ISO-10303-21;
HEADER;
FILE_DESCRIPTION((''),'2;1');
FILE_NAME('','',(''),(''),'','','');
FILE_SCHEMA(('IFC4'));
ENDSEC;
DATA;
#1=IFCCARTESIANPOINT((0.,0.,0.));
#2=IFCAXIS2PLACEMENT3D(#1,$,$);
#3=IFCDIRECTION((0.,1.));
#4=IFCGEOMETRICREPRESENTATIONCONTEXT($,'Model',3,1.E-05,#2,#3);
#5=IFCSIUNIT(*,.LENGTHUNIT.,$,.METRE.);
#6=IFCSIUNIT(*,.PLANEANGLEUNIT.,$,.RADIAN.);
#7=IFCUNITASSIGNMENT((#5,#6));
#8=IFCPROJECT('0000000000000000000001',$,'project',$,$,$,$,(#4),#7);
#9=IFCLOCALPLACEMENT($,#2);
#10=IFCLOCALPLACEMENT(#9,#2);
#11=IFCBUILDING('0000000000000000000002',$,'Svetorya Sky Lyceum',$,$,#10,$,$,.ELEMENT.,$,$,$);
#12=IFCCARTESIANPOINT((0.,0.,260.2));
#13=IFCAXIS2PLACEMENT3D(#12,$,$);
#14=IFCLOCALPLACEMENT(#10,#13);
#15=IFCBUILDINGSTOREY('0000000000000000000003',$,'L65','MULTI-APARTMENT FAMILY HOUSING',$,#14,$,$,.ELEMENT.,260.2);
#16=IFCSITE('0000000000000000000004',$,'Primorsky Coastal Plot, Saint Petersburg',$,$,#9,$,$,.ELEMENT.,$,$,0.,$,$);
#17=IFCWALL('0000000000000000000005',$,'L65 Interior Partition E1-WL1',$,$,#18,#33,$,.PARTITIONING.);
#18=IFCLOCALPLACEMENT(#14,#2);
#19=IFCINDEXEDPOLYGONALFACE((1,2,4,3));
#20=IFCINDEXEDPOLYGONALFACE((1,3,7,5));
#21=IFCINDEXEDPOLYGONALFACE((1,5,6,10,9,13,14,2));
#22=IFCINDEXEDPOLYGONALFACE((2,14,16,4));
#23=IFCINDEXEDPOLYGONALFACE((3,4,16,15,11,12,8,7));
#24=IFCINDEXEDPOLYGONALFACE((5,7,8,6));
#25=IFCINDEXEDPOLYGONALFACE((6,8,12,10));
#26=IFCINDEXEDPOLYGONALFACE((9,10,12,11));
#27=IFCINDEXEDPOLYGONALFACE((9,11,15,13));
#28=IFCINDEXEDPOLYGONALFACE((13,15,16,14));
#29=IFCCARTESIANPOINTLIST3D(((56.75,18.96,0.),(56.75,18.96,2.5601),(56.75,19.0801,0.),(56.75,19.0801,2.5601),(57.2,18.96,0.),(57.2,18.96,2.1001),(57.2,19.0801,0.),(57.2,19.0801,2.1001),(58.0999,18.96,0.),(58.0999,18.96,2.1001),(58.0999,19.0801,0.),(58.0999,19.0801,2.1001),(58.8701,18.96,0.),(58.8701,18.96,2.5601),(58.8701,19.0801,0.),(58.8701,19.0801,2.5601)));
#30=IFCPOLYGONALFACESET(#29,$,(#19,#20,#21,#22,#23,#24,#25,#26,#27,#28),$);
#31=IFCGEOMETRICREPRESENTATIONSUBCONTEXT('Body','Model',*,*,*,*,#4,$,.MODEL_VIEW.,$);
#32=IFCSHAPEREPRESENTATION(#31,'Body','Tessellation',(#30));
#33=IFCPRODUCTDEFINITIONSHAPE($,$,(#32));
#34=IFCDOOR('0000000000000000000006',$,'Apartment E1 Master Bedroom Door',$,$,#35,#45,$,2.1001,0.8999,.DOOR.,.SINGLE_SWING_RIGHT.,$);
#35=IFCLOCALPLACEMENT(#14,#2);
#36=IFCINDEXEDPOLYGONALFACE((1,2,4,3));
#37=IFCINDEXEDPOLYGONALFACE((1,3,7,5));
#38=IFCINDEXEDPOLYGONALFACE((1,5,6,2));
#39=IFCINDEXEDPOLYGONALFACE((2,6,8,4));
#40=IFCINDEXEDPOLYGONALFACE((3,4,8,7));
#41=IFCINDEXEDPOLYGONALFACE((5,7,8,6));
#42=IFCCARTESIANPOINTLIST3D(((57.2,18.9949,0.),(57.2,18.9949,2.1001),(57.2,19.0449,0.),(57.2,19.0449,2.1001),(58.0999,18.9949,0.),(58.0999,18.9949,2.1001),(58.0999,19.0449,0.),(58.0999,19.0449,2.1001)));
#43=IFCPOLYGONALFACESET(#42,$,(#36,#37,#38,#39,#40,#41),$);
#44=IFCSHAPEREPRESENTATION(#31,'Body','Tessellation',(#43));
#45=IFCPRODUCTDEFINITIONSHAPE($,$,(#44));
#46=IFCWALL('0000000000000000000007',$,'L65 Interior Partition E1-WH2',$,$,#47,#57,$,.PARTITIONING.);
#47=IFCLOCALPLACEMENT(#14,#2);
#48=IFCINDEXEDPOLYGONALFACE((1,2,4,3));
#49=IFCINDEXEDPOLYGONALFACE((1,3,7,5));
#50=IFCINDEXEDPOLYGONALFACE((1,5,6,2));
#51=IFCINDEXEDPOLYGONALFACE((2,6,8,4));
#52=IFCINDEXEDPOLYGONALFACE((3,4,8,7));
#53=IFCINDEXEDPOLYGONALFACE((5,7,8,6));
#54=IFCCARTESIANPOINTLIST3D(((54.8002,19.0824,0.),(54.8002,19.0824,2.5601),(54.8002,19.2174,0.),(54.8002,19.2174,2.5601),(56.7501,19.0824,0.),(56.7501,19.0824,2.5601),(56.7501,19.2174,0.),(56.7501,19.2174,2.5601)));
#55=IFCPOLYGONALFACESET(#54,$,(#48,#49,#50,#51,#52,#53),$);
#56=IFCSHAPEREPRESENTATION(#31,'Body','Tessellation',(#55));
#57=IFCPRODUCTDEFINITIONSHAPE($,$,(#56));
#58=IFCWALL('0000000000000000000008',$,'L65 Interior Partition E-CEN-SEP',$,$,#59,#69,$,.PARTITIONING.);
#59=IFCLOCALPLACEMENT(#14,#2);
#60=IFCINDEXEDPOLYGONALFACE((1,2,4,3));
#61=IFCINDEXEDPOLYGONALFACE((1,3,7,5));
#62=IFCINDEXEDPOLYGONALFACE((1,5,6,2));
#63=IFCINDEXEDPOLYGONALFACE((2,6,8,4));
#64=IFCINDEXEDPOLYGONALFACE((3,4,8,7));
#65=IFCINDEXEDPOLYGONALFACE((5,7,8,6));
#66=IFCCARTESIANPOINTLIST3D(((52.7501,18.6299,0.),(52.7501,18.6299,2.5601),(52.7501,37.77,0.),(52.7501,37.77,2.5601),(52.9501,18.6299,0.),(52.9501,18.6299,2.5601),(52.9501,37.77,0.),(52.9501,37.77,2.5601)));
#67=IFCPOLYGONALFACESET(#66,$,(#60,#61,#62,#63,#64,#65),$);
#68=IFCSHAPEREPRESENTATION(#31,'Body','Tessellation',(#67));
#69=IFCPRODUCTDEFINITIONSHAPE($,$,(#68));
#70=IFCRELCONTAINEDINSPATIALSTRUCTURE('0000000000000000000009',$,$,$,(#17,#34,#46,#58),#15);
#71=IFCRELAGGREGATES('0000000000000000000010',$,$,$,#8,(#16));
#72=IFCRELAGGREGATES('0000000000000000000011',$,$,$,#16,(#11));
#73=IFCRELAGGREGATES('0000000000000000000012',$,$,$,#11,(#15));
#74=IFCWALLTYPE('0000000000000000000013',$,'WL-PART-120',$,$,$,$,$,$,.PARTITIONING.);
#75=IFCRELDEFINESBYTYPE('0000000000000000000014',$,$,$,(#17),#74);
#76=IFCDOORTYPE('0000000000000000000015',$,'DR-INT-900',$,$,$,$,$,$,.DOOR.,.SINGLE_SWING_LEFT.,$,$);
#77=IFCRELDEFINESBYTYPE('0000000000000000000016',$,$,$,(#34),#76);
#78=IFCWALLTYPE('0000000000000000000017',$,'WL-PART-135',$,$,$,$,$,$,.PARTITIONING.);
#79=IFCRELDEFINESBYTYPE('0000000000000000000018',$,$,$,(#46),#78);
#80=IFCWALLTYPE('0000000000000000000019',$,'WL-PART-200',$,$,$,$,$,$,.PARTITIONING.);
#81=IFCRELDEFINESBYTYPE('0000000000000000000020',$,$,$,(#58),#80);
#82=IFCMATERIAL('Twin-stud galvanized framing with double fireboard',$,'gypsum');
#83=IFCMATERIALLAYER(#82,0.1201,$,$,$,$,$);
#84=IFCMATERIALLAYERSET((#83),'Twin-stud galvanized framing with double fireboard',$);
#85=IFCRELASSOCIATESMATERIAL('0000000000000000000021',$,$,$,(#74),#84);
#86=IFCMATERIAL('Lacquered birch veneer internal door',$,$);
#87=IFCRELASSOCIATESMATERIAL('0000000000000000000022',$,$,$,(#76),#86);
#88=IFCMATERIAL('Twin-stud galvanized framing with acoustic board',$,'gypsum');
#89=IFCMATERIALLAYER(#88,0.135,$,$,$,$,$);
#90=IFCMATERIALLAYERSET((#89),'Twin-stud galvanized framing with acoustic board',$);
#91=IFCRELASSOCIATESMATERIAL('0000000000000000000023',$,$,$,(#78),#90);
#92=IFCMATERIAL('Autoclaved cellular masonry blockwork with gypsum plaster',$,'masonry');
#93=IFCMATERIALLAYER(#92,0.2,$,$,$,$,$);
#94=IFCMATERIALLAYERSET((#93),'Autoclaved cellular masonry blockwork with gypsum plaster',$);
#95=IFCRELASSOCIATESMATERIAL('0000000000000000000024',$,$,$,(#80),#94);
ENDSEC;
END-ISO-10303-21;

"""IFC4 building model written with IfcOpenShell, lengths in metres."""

from ifc_helpers import new_model, si_unit, direction, frame, frame_2d, origin, place, context, subcontext, project, spatial, rectangle, extrude, material, layer, layer_set, type_object, element, fill, save


model = new_model("IFC4")

# Units and contexts
model_context = context("Model", 3, precision=1e-05, world=origin(), true_north=direction((0.0, 1.0)))
body_context = subcontext(model_context, "Body", "Model", "MODEL_VIEW")
ifc_project = project(units=[si_unit("LENGTHUNIT", "METRE"), si_unit("PLANEANGLEUNIT", "RADIAN")], contexts=[model_context])

# Site, building, storey
site_placement = place(None, origin())
site = spatial("IfcSite", under=ifc_project, at=site_placement, Name="Primorsky Coastal Plot, Saint Petersburg", CompositionType="ELEMENT", RefElevation=0.0)
building_placement = place(site_placement, origin())
building = spatial("IfcBuilding", under=site, at=building_placement, Name="Svetorya Sky Lyceum", CompositionType="ELEMENT")
storey_placement = place(building_placement, frame((0.0, 0.0, 260.2)))
storey = spatial("IfcBuildingStorey", under=building, at=storey_placement, Name="L65", Description="MULTI-APARTMENT FAMILY HOUSING", CompositionType="ELEMENT", Elevation=260.2)

# Wall, opening, door
ifc_material_1 = material(Name="Twin-stud galvanized framing with double fireboard", Category="gypsum")
ifc_layer_1 = layer(ifc_material_1, 0.1201)
ifc_layer_set_1 = layer_set([ifc_layer_1], Name="Twin-stud galvanized framing with double fireboard")
wall_type_1 = type_object("IfcWallType", Name="WL-PART-120", PredefinedType="PARTITIONING", material=ifc_layer_set_1)
wall_1_placement = place(storey_placement, frame((56.75, 19.02, 0.0), z_axis=(0.0, 0.0, 1.0), x_axis=(1.0, 0.0, 0.0)))
wall_1 = element("IfcWall", 1, at=wall_1_placement, inside=storey, type_object=wall_type_1, Name="L65 Interior Partition E1-WL1", PredefinedType="PARTITIONING", context=body_context, shape_type="SweptSolid", body=[
    extrude(rectangle(XDim=2.1201, YDim=0.1201, at=frame_2d((1.0601, 0.0))), origin(), (0.0, 0.0, 1.0), 2.5601),
])
opening_1_placement = place(wall_1_placement, frame((0.45, 0.0, 0.0)))
opening_1 = element("IfcOpeningElement", 2, at=opening_1_placement, cuts=wall_1, PredefinedType="OPENING", context=body_context, shape_type="SweptSolid", body=[
    extrude(rectangle(XDim=0.8999, YDim=2.1001, at=frame_2d((0.45, 1.05))), frame((0.0, 0.0701, 0.0), z_axis=(0.0, -1.0, 0.0), x_axis=(1.0, 0.0, 0.0)), (0.0, 0.0, 1.0), 0.1401),
])
ifc_material_2 = material(Name="Lacquered birch veneer internal door")
door_type_1 = type_object("IfcDoorType", Name="DR-INT-900", OperationType="SINGLE_SWING_LEFT", PredefinedType="DOOR", material=ifc_material_2)
door_1_placement = place(opening_1_placement, origin())
door_1 = element("IfcDoor", 3, at=door_1_placement, inside=storey, type_object=door_type_1, Name="Apartment E1 Master Bedroom Door", OperationType="SINGLE_SWING_RIGHT", OverallHeight=2.1001, OverallWidth=0.8999, PredefinedType="DOOR", context=body_context, shape_type="SweptSolid", body=[
    extrude(rectangle(XDim=0.8999, YDim=2.1001, at=frame_2d((0.45, 1.05))), frame((0.0, 0.0249, 0.0), z_axis=(0.0, -1.0, 0.0), x_axis=(1.0, 0.0, 0.0)), (0.0, 0.0, 1.0), 0.05),
])
fill(opening_1, door_1)

# Walls
ifc_material_3 = material(Name="Twin-stud galvanized framing with acoustic board", Category="gypsum")
ifc_layer_2 = layer(ifc_material_3, 0.135)
ifc_layer_set_2 = layer_set([ifc_layer_2], Name="Twin-stud galvanized framing with acoustic board")
wall_type_2 = type_object("IfcWallType", Name="WL-PART-135", PredefinedType="PARTITIONING", material=ifc_layer_set_2)
wall_2_placement = place(storey_placement, frame((54.8, 19.1499, 0.0), z_axis=(0.0, 0.0, 1.0), x_axis=(1.0, 0.0, 0.0)))
element("IfcWall", 4, at=wall_2_placement, inside=storey, type_object=wall_type_2, Name="L65 Interior Partition E1-WH2", PredefinedType="PARTITIONING", context=body_context, shape_type="SweptSolid", body=[
    extrude(rectangle(XDim=1.95, YDim=0.135, at=frame_2d((0.9751, 0.0))), origin(), (0.0, 0.0, 1.0), 2.5601),
])
ifc_material_4 = material(Name="Autoclaved cellular masonry blockwork with gypsum plaster", Category="masonry")
ifc_layer_3 = layer(ifc_material_4, 0.2)
ifc_layer_set_3 = layer_set([ifc_layer_3], Name="Autoclaved cellular masonry blockwork with gypsum plaster")
wall_type_3 = type_object("IfcWallType", Name="WL-PART-200", PredefinedType="PARTITIONING", material=ifc_layer_set_3)
wall_3_placement = place(storey_placement, frame((52.8501, 18.6299, 0.0), z_axis=(0.0, 0.0, 1.0), x_axis=(0.0, 1.0, 0.0)))
element("IfcWall", 5, at=wall_3_placement, inside=storey, type_object=wall_type_3, Name="L65 Interior Partition E-CEN-SEP", PredefinedType="PARTITIONING", context=body_context, shape_type="SweptSolid", body=[
    extrude(rectangle(XDim=19.1401, YDim=0.2, at=frame_2d((9.5701, 0.0))), origin(), (0.0, 0.0, 1.0), 2.5601),
])

save(model, "model.ifc")
